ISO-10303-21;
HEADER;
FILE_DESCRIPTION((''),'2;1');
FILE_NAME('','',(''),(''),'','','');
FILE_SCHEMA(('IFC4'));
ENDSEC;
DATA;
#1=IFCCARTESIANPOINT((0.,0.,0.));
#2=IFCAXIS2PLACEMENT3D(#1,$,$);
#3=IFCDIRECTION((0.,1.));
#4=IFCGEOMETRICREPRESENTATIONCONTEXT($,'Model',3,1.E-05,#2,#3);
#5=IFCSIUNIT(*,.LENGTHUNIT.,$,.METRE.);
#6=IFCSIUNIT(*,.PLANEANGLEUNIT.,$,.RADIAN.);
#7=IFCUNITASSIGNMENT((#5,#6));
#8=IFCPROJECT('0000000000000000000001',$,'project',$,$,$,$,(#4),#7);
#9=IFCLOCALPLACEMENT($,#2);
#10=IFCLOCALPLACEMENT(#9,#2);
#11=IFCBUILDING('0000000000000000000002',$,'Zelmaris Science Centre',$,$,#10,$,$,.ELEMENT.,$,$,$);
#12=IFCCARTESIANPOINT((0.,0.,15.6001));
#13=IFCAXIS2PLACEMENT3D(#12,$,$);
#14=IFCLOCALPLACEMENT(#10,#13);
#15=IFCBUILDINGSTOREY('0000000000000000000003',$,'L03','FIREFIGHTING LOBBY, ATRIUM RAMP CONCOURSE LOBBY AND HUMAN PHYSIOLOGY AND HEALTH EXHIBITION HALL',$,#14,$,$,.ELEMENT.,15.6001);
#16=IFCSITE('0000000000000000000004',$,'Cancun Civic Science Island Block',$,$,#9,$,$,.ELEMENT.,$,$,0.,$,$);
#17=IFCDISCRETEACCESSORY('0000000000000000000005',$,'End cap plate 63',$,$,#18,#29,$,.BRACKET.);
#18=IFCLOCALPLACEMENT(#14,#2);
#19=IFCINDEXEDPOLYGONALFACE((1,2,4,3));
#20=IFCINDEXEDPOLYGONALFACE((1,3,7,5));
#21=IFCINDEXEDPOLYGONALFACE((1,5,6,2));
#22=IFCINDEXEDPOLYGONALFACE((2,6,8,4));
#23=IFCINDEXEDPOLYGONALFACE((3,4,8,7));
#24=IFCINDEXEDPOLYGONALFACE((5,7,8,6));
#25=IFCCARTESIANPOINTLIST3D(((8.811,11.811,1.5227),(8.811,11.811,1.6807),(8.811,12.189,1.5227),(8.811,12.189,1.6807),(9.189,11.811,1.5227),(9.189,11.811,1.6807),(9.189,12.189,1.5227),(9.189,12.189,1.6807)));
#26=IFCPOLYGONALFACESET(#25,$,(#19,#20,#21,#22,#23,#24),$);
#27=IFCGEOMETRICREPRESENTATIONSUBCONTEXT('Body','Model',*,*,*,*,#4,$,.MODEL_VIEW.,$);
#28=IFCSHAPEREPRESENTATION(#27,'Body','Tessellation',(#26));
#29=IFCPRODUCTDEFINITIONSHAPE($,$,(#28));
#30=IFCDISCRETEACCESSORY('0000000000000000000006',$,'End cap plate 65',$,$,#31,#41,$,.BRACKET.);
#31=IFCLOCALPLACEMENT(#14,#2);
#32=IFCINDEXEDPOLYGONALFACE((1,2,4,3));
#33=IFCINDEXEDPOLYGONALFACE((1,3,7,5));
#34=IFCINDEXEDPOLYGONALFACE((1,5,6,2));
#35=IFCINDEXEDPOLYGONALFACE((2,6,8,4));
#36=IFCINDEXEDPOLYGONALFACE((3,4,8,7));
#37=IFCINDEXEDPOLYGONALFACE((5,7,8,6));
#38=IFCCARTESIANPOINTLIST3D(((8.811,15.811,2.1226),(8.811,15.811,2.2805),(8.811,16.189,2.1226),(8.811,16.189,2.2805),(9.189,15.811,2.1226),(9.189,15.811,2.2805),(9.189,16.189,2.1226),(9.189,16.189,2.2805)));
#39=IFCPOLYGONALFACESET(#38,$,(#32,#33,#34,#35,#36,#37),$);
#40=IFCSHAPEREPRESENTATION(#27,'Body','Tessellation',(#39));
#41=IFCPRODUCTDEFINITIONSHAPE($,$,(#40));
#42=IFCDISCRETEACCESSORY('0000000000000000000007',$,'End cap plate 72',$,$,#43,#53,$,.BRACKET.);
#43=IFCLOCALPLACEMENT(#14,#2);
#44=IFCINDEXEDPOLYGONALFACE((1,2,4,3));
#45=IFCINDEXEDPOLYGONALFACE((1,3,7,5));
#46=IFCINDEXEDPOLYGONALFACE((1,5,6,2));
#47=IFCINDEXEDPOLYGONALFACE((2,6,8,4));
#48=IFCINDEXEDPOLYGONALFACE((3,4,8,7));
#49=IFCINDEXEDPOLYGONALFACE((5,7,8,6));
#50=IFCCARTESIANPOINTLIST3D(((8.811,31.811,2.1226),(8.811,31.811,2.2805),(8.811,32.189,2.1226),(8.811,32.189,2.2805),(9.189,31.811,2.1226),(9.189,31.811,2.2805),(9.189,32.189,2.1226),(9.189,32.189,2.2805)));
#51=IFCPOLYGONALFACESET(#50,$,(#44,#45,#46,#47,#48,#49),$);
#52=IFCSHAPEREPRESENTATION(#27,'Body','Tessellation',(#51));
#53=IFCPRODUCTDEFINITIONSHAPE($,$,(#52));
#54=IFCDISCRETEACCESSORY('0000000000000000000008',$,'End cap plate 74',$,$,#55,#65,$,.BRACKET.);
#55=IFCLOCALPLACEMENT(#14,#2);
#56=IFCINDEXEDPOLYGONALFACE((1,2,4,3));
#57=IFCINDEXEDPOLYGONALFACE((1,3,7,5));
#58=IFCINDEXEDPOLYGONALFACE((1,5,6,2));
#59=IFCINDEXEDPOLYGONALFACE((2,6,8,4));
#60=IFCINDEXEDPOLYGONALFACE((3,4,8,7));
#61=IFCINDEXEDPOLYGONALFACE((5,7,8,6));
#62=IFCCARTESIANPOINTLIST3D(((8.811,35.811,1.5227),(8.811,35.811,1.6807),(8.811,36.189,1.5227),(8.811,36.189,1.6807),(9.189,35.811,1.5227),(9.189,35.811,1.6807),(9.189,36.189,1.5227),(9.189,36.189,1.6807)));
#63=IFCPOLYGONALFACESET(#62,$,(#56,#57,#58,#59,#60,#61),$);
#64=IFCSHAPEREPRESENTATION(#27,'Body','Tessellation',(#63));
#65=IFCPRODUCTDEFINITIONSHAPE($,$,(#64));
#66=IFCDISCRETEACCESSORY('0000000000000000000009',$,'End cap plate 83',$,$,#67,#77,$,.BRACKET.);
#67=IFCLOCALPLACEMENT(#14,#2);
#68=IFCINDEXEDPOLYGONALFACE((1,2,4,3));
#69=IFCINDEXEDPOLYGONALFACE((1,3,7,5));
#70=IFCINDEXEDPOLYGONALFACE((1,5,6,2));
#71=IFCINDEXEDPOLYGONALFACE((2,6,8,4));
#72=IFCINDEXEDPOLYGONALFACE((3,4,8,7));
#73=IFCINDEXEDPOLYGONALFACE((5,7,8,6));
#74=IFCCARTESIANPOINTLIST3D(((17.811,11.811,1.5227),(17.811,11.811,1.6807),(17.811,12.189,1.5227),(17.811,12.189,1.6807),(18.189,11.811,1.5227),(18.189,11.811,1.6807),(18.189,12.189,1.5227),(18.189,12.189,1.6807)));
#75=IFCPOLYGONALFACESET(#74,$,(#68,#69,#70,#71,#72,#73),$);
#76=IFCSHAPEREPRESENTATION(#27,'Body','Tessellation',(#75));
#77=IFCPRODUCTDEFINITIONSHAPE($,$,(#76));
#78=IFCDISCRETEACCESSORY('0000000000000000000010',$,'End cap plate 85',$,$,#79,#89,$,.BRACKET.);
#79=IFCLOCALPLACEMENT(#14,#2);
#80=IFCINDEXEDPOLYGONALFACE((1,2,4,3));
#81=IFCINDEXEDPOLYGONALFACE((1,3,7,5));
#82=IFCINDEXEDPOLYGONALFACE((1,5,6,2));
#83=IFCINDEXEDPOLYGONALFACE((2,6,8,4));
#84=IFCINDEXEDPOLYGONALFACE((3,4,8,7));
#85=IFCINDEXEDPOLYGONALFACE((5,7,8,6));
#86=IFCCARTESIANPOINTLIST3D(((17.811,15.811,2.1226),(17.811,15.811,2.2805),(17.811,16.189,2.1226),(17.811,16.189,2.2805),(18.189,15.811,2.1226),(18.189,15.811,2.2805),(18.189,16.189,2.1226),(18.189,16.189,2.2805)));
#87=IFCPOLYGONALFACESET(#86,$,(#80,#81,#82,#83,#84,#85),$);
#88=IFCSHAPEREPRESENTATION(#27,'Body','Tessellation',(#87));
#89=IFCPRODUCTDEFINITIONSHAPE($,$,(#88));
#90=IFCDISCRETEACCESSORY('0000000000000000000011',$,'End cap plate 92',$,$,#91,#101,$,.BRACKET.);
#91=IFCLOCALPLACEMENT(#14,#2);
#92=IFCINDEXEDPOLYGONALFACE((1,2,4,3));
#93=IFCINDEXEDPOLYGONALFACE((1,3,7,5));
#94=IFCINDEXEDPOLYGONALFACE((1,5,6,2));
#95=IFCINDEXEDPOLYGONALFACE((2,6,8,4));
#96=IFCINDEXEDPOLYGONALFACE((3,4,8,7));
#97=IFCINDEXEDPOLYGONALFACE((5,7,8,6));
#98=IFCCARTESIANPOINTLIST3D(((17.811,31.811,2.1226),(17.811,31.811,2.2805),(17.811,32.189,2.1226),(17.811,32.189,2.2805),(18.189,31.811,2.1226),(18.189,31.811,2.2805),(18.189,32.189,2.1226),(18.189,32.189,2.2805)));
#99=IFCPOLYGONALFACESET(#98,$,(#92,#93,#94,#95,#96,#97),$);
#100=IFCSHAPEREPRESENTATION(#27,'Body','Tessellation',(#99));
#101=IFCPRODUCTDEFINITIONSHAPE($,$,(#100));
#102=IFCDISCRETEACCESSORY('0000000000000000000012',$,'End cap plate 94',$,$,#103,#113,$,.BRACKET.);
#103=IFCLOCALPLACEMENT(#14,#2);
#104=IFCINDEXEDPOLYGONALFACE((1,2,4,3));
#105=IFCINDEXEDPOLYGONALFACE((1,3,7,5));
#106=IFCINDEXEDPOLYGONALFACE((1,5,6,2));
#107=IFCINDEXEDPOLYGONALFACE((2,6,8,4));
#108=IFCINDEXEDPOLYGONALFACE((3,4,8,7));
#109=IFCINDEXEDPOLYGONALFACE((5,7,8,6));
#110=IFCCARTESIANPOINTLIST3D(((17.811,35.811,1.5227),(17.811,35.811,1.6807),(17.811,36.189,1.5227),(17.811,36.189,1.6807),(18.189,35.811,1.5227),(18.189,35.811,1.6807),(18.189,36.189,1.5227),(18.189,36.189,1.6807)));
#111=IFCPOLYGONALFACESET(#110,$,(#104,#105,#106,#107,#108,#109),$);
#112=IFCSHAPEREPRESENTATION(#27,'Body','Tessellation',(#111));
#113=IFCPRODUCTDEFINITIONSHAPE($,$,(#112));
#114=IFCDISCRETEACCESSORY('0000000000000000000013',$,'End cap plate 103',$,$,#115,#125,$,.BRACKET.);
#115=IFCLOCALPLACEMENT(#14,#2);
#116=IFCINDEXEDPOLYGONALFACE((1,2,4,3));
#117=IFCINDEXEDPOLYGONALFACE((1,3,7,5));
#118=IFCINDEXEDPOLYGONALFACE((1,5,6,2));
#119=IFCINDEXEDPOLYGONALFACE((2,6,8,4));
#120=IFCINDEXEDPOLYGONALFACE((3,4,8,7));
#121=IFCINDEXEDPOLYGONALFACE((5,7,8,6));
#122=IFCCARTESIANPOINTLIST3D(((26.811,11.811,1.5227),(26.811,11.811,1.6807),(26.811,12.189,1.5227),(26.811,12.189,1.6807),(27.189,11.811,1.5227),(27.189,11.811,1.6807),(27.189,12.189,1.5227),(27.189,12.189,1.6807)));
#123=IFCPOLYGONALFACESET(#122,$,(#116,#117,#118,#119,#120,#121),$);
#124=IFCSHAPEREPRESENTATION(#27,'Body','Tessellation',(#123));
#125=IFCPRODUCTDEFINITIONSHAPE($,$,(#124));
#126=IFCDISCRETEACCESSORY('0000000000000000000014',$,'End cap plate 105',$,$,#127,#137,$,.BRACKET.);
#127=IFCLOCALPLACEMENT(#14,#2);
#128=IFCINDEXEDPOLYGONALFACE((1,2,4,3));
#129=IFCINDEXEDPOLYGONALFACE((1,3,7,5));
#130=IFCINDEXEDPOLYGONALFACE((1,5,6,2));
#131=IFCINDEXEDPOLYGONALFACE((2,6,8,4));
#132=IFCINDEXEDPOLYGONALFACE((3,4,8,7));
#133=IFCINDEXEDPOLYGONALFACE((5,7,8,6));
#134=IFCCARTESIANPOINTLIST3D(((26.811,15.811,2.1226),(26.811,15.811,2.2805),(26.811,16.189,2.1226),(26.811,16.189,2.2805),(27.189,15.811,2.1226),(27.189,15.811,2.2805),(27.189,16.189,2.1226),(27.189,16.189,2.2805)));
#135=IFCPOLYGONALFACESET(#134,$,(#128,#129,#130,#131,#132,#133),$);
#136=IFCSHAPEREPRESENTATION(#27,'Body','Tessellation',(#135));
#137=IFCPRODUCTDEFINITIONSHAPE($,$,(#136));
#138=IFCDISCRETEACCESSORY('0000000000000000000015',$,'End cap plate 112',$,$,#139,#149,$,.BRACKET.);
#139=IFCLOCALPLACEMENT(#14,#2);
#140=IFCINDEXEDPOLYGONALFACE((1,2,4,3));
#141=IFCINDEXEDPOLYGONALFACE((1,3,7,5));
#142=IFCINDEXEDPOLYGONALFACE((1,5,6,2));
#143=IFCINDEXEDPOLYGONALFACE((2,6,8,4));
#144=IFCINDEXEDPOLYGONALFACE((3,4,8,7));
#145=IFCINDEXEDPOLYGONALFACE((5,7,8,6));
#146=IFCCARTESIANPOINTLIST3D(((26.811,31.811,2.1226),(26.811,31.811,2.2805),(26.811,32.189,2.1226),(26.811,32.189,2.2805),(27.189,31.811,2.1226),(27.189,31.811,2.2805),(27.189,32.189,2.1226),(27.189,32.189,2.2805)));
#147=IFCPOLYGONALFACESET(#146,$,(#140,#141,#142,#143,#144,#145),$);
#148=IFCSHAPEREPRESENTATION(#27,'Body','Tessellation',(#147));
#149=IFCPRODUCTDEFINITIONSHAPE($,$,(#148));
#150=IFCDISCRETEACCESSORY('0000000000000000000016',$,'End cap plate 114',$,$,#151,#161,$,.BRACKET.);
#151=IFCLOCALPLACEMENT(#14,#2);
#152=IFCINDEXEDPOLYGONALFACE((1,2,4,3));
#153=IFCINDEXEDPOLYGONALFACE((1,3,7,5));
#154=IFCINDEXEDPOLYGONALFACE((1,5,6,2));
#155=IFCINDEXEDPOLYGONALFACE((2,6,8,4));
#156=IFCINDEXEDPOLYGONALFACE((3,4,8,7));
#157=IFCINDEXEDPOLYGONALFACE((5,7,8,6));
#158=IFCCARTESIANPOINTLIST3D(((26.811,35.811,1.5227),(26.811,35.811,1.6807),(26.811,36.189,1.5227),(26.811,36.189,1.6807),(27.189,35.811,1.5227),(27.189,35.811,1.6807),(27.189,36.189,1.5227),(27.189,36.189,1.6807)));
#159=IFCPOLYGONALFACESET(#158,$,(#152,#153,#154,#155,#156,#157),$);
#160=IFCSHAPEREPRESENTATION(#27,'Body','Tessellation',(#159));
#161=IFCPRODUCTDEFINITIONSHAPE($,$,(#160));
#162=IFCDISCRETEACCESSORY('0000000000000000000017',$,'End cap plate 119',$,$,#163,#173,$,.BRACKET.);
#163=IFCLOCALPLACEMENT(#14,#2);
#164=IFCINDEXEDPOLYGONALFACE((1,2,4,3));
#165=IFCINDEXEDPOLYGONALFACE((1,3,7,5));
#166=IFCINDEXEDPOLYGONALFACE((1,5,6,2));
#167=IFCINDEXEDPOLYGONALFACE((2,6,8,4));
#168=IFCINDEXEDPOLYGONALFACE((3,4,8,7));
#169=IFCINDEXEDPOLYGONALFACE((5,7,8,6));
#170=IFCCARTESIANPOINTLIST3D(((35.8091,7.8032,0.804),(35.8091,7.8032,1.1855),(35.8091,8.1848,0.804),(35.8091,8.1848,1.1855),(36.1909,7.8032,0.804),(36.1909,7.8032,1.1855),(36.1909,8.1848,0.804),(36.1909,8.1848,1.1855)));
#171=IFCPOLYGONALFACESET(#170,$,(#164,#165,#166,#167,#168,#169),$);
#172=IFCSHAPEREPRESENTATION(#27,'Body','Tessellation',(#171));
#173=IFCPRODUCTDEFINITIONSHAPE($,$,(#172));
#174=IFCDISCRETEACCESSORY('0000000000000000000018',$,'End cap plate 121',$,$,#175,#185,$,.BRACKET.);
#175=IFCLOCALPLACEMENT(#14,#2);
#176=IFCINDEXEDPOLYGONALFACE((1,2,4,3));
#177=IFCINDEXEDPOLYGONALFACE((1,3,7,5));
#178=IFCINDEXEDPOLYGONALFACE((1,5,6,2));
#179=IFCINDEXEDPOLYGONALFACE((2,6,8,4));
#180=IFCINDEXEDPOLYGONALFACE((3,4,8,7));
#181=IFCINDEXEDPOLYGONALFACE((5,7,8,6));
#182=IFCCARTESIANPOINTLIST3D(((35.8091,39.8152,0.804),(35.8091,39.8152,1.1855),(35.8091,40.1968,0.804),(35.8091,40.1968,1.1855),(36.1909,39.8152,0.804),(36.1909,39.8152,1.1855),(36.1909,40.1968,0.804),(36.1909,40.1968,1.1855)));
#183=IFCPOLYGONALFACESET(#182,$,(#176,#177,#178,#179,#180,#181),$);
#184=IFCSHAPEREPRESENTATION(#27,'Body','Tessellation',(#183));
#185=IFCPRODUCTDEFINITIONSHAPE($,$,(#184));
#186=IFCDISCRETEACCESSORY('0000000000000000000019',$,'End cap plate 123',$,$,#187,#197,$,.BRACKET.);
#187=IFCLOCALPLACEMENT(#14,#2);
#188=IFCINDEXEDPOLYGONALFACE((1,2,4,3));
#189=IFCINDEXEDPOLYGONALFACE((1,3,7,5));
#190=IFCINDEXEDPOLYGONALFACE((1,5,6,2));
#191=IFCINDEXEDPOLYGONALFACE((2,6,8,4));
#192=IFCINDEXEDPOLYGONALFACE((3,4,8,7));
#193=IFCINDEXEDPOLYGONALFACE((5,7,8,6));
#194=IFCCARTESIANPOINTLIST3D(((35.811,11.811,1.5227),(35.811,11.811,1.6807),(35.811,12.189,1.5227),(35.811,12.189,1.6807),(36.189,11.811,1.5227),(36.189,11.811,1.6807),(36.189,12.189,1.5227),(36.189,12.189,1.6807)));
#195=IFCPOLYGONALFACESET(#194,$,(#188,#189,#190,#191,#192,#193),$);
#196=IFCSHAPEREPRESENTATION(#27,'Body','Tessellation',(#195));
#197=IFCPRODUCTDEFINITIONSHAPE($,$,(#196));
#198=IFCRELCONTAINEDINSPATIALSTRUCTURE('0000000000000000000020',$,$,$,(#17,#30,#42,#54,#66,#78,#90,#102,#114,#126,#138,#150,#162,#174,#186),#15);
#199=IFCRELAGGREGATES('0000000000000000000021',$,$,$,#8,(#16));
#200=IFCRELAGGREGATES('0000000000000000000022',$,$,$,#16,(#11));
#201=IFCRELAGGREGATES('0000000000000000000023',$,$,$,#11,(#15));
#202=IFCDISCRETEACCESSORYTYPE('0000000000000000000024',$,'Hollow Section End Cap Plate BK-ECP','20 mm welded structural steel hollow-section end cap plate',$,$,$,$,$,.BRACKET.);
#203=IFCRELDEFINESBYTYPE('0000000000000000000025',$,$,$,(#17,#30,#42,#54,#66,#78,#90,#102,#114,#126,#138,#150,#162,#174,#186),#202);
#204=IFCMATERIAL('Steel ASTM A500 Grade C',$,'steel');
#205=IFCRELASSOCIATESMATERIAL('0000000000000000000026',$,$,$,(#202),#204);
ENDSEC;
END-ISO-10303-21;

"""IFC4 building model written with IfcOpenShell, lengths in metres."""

from ifc_helpers import new_model, si_unit, direction, frame, origin, place, context, subcontext, project, spatial, polyline, outline, extrude, material, type_object, element, save


model = new_model("IFC4")

# Units and contexts
model_context = context("Model", 3, precision=1e-05, world=origin(), true_north=direction((0.0, 1.0)))
body_context = subcontext(model_context, "Body", "Model", "MODEL_VIEW")
ifc_project = project(units=[si_unit("LENGTHUNIT", "METRE"), si_unit("PLANEANGLEUNIT", "RADIAN")], contexts=[model_context])

# Site, building, storey
site_placement = place(None, origin())
site = spatial("IfcSite", under=ifc_project, at=site_placement, Name="Cancun Civic Science Island Block", CompositionType="ELEMENT", RefElevation=0.0)
building_placement = place(site_placement, origin())
building = spatial("IfcBuilding", under=site, at=building_placement, Name="Zelmaris Science Centre", CompositionType="ELEMENT")
storey_placement = place(building_placement, frame((0.0, 0.0, 15.6001)))
storey = spatial("IfcBuildingStorey", under=building, at=storey_placement, Name="L03", Description="FIREFIGHTING LOBBY, ATRIUM RAMP CONCOURSE LOBBY AND HUMAN PHYSIOLOGY AND HEALTH EXHIBITION HALL", CompositionType="ELEMENT", Elevation=15.6001)

# Discrete accessories
ifc_material = material(Name="Steel ASTM A500 Grade C", Category="steel")
discrete_accessory_type = type_object("IfcDiscreteAccessoryType", Name="Hollow Section End Cap Plate BK-ECP", Description="20 mm welded structural steel hollow-section end cap plate", PredefinedType="BRACKET", material=ifc_material)
discrete_accessory_1_placement = place(storey_placement, frame((0.0, 0.0, 1.5227)))
element("IfcDiscreteAccessory", 1, at=discrete_accessory_1_placement, inside=storey, type_object=discrete_accessory_type, Name="End cap plate 63", PredefinedType="BRACKET", context=body_context, shape_type="SweptSolid", body=[
    extrude(outline(polyline([(8.811, 11.811), (9.189, 11.811), (9.189, 12.189), (8.811, 12.189), (8.811, 11.811)])), origin(), (0.0, 0.0, 1.0), 0.158),
])
discrete_accessory_2_placement = place(storey_placement, frame((0.0, 0.0, 2.1226)))
element("IfcDiscreteAccessory", 2, at=discrete_accessory_2_placement, inside=storey, type_object=discrete_accessory_type, Name="End cap plate 65", PredefinedType="BRACKET", context=body_context, shape_type="SweptSolid", body=[
    extrude(outline(polyline([(8.811, 15.811), (9.189, 15.811), (9.189, 16.189), (8.811, 16.189), (8.811, 15.811)])), origin(), (0.0, 0.0, 1.0), 0.158),
])
discrete_accessory_3_placement = place(storey_placement, frame((0.0, 0.0, 2.1226)))
element("IfcDiscreteAccessory", 3, at=discrete_accessory_3_placement, inside=storey, type_object=discrete_accessory_type, Name="End cap plate 72", PredefinedType="BRACKET", context=body_context, shape_type="SweptSolid", body=[
    extrude(outline(polyline([(8.811, 31.811), (9.189, 31.811), (9.189, 32.189), (8.811, 32.189), (8.811, 31.811)])), origin(), (0.0, 0.0, 1.0), 0.158),
])
discrete_accessory_4_placement = place(storey_placement, frame((0.0, 0.0, 1.5227)))
element("IfcDiscreteAccessory", 4, at=discrete_accessory_4_placement, inside=storey, type_object=discrete_accessory_type, Name="End cap plate 74", PredefinedType="BRACKET", context=body_context, shape_type="SweptSolid", body=[
    extrude(outline(polyline([(8.811, 35.811), (9.189, 35.811), (9.189, 36.189), (8.811, 36.189), (8.811, 35.811)])), origin(), (0.0, 0.0, 1.0), 0.158),
])
discrete_accessory_5_placement = place(storey_placement, frame((0.0, 0.0, 1.5227)))
element("IfcDiscreteAccessory", 5, at=discrete_accessory_5_placement, inside=storey, type_object=discrete_accessory_type, Name="End cap plate 83", PredefinedType="BRACKET", context=body_context, shape_type="SweptSolid", body=[
    extrude(outline(polyline([(17.811, 11.811), (18.189, 11.811), (18.189, 12.189), (17.811, 12.189), (17.811, 11.811)])), origin(), (0.0, 0.0, 1.0), 0.158),
])
discrete_accessory_6_placement = place(storey_placement, frame((0.0, 0.0, 2.1226)))
element("IfcDiscreteAccessory", 6, at=discrete_accessory_6_placement, inside=storey, type_object=discrete_accessory_type, Name="End cap plate 85", PredefinedType="BRACKET", context=body_context, shape_type="SweptSolid", body=[
    extrude(outline(polyline([(17.811, 15.811), (18.189, 15.811), (18.189, 16.189), (17.811, 16.189), (17.811, 15.811)])), origin(), (0.0, 0.0, 1.0), 0.158),
])
discrete_accessory_7_placement = place(storey_placement, frame((0.0, 0.0, 2.1226)))
element("IfcDiscreteAccessory", 7, at=discrete_accessory_7_placement, inside=storey, type_object=discrete_accessory_type, Name="End cap plate 92", PredefinedType="BRACKET", context=body_context, shape_type="SweptSolid", body=[
    extrude(outline(polyline([(17.811, 31.811), (18.189, 31.811), (18.189, 32.189), (17.811, 32.189), (17.811, 31.811)])), origin(), (0.0, 0.0, 1.0), 0.158),
])
discrete_accessory_8_placement = place(storey_placement, frame((0.0, 0.0, 1.5227)))
element("IfcDiscreteAccessory", 8, at=discrete_accessory_8_placement, inside=storey, type_object=discrete_accessory_type, Name="End cap plate 94", PredefinedType="BRACKET", context=body_context, shape_type="SweptSolid", body=[
    extrude(outline(polyline([(17.811, 35.811), (18.189, 35.811), (18.189, 36.189), (17.811, 36.189), (17.811, 35.811)])), origin(), (0.0, 0.0, 1.0), 0.158),
])
discrete_accessory_9_placement = place(storey_placement, frame((0.0, 0.0, 1.5227)))
element("IfcDiscreteAccessory", 9, at=discrete_accessory_9_placement, inside=storey, type_object=discrete_accessory_type, Name="End cap plate 103", PredefinedType="BRACKET", context=body_context, shape_type="SweptSolid", body=[
    extrude(outline(polyline([(26.811, 11.811), (27.189, 11.811), (27.189, 12.189), (26.811, 12.189), (26.811, 11.811)])), origin(), (0.0, 0.0, 1.0), 0.158),
])
discrete_accessory_10_placement = place(storey_placement, frame((0.0, 0.0, 2.1226)))
element("IfcDiscreteAccessory", 10, at=discrete_accessory_10_placement, inside=storey, type_object=discrete_accessory_type, Name="End cap plate 105", PredefinedType="BRACKET", context=body_context, shape_type="SweptSolid", body=[
    extrude(outline(polyline([(26.811, 15.811), (27.189, 15.811), (27.189, 16.189), (26.811, 16.189), (26.811, 15.811)])), origin(), (0.0, 0.0, 1.0), 0.158),
])
discrete_accessory_11_placement = place(storey_placement, frame((0.0, 0.0, 2.1226)))
element("IfcDiscreteAccessory", 11, at=discrete_accessory_11_placement, inside=storey, type_object=discrete_accessory_type, Name="End cap plate 112", PredefinedType="BRACKET", context=body_context, shape_type="SweptSolid", body=[
    extrude(outline(polyline([(26.811, 31.811), (27.189, 31.811), (27.189, 32.189), (26.811, 32.189), (26.811, 31.811)])), origin(), (0.0, 0.0, 1.0), 0.158),
])
discrete_accessory_12_placement = place(storey_placement, frame((0.0, 0.0, 1.5227)))
element("IfcDiscreteAccessory", 12, at=discrete_accessory_12_placement, inside=storey, type_object=discrete_accessory_type, Name="End cap plate 114", PredefinedType="BRACKET", context=body_context, shape_type="SweptSolid", body=[
    extrude(outline(polyline([(26.811, 35.811), (27.189, 35.811), (27.189, 36.189), (26.811, 36.189), (26.811, 35.811)])), origin(), (0.0, 0.0, 1.0), 0.158),
])
discrete_accessory_13_placement = place(storey_placement, frame((0.0, 0.0, 0.804)))
element("IfcDiscreteAccessory", 13, at=discrete_accessory_13_placement, inside=storey, type_object=discrete_accessory_type, Name="End cap plate 119", PredefinedType="BRACKET", context=body_context, shape_type="SweptSolid", body=[
    extrude(outline(polyline([(35.8091, 7.8032), (36.1909, 7.8032), (36.1909, 8.1848), (35.8091, 8.1848), (35.8091, 7.8032)])), origin(), (0.0, 0.0, 1.0), 0.3816),
])
discrete_accessory_14_placement = place(storey_placement, frame((0.0, 0.0, 0.804)))
element("IfcDiscreteAccessory", 14, at=discrete_accessory_14_placement, inside=storey, type_object=discrete_accessory_type, Name="End cap plate 121", PredefinedType="BRACKET", context=body_context, shape_type="SweptSolid", body=[
    extrude(outline(polyline([(35.8091, 39.8152), (36.1909, 39.8152), (36.1909, 40.1968), (35.8091, 40.1968), (35.8091, 39.8152)])), origin(), (0.0, 0.0, 1.0), 0.3816),
])
discrete_accessory_15_placement = place(storey_placement, frame((0.0, 0.0, 1.5227)))
element("IfcDiscreteAccessory", 15, at=discrete_accessory_15_placement, inside=storey, type_object=discrete_accessory_type, Name="End cap plate 123", PredefinedType="BRACKET", context=body_context, shape_type="SweptSolid", body=[
    extrude(outline(polyline([(35.811, 11.811), (36.189, 11.811), (36.189, 12.189), (35.811, 12.189), (35.811, 11.811)])), origin(), (0.0, 0.0, 1.0), 0.158),
])

save(model, "model.ifc")
